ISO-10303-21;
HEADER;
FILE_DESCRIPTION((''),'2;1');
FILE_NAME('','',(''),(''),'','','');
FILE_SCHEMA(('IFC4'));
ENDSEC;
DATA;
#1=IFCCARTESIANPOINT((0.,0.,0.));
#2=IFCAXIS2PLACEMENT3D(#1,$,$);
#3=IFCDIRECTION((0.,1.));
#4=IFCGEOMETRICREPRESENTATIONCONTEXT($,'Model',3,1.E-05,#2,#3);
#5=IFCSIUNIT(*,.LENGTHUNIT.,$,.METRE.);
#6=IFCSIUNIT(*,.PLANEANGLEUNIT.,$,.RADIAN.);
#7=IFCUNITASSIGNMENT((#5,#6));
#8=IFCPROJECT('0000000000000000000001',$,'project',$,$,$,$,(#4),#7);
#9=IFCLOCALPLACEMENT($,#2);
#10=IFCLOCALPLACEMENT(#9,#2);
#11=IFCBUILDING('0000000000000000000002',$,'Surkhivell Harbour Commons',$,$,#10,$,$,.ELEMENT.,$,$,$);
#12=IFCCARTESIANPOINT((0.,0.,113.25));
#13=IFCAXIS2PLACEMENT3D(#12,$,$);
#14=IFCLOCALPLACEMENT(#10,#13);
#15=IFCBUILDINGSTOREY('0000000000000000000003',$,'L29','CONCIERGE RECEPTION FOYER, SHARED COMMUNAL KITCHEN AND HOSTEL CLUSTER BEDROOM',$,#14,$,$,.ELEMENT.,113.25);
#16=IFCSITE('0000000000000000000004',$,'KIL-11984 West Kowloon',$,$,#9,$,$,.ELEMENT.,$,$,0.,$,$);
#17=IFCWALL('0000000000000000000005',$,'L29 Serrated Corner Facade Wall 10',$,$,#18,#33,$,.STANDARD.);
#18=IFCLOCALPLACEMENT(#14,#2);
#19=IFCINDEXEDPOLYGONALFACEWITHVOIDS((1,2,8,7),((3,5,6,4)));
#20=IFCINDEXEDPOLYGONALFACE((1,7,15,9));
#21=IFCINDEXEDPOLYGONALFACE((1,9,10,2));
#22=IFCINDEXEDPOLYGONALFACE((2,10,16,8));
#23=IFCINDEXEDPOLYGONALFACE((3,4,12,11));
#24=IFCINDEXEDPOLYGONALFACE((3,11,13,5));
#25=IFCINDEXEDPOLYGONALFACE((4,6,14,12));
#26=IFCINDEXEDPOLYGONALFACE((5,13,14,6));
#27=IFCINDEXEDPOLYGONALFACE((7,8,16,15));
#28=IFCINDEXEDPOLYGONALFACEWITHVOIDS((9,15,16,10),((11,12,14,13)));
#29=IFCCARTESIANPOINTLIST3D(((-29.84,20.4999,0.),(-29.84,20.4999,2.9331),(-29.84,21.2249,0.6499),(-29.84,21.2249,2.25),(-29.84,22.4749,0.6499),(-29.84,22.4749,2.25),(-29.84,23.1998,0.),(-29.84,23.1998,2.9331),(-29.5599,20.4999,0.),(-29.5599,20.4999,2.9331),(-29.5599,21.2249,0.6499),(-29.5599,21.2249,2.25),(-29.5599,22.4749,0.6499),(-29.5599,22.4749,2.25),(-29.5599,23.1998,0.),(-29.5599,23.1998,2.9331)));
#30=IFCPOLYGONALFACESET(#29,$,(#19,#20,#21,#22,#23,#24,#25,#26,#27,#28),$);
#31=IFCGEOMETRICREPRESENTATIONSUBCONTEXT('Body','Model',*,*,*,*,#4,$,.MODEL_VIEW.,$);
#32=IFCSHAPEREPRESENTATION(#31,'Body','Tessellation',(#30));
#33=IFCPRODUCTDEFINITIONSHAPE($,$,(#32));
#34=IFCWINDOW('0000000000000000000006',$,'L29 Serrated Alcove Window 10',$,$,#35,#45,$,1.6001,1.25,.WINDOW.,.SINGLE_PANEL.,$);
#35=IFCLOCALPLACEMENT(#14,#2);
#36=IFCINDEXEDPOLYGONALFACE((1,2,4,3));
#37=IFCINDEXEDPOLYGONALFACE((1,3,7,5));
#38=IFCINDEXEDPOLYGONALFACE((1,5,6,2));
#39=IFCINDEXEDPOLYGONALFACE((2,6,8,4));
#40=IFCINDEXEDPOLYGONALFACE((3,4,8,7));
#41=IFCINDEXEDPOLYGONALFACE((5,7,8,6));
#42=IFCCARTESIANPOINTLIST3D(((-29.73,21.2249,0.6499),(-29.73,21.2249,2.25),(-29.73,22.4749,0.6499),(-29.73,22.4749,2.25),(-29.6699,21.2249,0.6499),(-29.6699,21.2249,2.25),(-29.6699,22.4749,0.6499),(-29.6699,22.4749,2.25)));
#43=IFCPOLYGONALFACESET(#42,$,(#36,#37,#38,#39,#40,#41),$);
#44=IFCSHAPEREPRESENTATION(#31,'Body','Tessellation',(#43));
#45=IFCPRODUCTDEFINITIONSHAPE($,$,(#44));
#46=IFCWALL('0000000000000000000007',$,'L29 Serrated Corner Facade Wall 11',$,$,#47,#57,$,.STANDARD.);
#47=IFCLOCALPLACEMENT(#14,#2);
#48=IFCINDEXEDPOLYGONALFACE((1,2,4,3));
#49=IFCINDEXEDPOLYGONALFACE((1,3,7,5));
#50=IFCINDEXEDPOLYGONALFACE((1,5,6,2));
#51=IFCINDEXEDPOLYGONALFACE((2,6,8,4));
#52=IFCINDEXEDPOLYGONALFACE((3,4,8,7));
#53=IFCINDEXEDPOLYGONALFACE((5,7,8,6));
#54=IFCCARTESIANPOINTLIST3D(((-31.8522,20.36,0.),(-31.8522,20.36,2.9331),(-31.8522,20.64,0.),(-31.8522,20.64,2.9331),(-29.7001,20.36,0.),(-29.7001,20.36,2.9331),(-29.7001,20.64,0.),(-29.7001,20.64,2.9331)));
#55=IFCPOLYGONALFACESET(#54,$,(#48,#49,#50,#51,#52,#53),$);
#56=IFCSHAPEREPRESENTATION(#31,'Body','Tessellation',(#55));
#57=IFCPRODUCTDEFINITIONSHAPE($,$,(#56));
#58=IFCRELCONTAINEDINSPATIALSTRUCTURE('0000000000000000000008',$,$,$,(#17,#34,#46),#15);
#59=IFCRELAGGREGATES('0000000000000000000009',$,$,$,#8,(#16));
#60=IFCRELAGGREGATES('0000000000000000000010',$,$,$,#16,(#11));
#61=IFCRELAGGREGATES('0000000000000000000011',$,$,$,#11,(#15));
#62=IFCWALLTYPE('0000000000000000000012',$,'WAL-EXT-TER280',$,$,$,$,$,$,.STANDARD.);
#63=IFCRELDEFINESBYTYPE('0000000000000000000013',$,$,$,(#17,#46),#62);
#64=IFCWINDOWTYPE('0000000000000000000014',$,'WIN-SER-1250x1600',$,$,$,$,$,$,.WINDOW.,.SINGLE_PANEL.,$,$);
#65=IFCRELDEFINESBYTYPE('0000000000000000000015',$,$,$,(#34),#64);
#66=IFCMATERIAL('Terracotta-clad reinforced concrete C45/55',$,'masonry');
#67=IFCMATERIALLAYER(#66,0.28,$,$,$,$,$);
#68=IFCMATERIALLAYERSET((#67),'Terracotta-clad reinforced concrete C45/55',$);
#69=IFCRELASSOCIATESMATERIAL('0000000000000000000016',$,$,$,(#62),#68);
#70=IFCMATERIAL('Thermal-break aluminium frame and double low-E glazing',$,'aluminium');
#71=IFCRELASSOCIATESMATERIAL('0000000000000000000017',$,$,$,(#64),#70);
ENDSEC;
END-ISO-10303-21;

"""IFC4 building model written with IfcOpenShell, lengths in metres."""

from ifc_helpers import new_model, si_unit, direction, frame, frame_2d, origin, place, context, subcontext, project, spatial, rectangle, extrude, material, layer, layer_set, type_object, element, fill, save


model = new_model("IFC4")

# Units and contexts
model_context = context("Model", 3, precision=1e-05, world=origin(), true_north=direction((0.0, 1.0)))
body_context = subcontext(model_context, "Body", "Model", "MODEL_VIEW")
ifc_project = project(units=[si_unit("LENGTHUNIT", "METRE"), si_unit("PLANEANGLEUNIT", "RADIAN")], contexts=[model_context])

# Site, building, storey
site_placement = place(None, origin())
site = spatial("IfcSite", under=ifc_project, at=site_placement, Name="KIL-11984 West Kowloon", CompositionType="ELEMENT", RefElevation=0.0)
building_placement = place(site_placement, origin())
building = spatial("IfcBuilding", under=site, at=building_placement, Name="Surkhivell Harbour Commons", CompositionType="ELEMENT")
storey_placement = place(building_placement, frame((0.0, 0.0, 113.25)))
storey = spatial("IfcBuildingStorey", under=building, at=storey_placement, Name="L29", Description="CONCIERGE RECEPTION FOYER, SHARED COMMUNAL KITCHEN AND HOSTEL CLUSTER BEDROOM", CompositionType="ELEMENT", Elevation=113.25)

# Shared definitions
ifc_material_1 = material(Name="Terracotta-clad reinforced concrete C45/55", Category="masonry")
ifc_layer_1 = layer(ifc_material_1, 0.28)
ifc_layer_set_1 = layer_set([ifc_layer_1], Name="Terracotta-clad reinforced concrete C45/55")
wall_type = type_object("IfcWallType", Name="WAL-EXT-TER280", PredefinedType="STANDARD", material=ifc_layer_set_1)

# Wall, opening, window
wall_1_placement = place(storey_placement, frame((-29.7, 23.2, 0.0), z_axis=(0.0, 0.0, 1.0), x_axis=(0.0, -1.0, 0.0)))
wall_1 = element("IfcWall", 1, at=wall_1_placement, inside=storey, type_object=wall_type, Name="L29 Serrated Corner Facade Wall 10", PredefinedType="STANDARD", context=body_context, shape_type="SweptSolid", body=[
    extrude(rectangle(XDim=2.7, YDim=0.28, at=frame_2d((1.3501, 0.0))), origin(), (0.0, 0.0, 1.0), 2.9331),
])
opening_placement = place(wall_1_placement, frame((0.7251, 0.0, 0.6499)))
opening = element("IfcOpeningElement", 2, at=opening_placement, cuts=wall_1, PredefinedType="OPENING", context=body_context, shape_type="SweptSolid", body=[
    extrude(rectangle(XDim=1.25, YDim=1.6001, at=frame_2d((0.625, 0.8))), frame((0.0, 0.1499, 0.0), z_axis=(0.0, -1.0, 0.0), x_axis=(1.0, 0.0, 0.0)), (0.0, 0.0, 1.0), 0.3),
])
ifc_material_2 = material(Name="Thermal-break aluminium frame and double low-E glazing", Category="aluminium")
window_type = type_object("IfcWindowType", Name="WIN-SER-1250x1600", PartitioningType="SINGLE_PANEL", PredefinedType="WINDOW", material=ifc_material_2)
window_placement = place(opening_placement, origin())
window = element("IfcWindow", 3, at=window_placement, inside=storey, type_object=window_type, Name="L29 Serrated Alcove Window 10", OverallHeight=1.6001, OverallWidth=1.25, PartitioningType="SINGLE_PANEL", PredefinedType="WINDOW", context=body_context, shape_type="SweptSolid", body=[
    extrude(rectangle(XDim=1.25, YDim=1.6001, at=frame_2d((0.625, 0.8))), frame((0.0, 0.03, 0.0), z_axis=(0.0, -1.0, 0.0), x_axis=(1.0, 0.0, 0.0)), (0.0, 0.0, 1.0), 0.0601),
])
fill(opening, window)

# Wall
wall_2_placement = place(storey_placement, frame((-29.7, 20.5, 0.0), z_axis=(0.0, 0.0, 1.0), x_axis=(-1.0, 0.0, 0.0)))
element("IfcWall", 4, at=wall_2_placement, inside=storey, type_object=wall_type, Name="L29 Serrated Corner Facade Wall 11", PredefinedType="STANDARD", context=body_context, shape_type="SweptSolid", body=[
    extrude(rectangle(XDim=2.1521, YDim=0.28, at=frame_2d((1.0762, 0.0))), origin(), (0.0, 0.0, 1.0), 2.9331),
])

save(model, "model.ifc")
